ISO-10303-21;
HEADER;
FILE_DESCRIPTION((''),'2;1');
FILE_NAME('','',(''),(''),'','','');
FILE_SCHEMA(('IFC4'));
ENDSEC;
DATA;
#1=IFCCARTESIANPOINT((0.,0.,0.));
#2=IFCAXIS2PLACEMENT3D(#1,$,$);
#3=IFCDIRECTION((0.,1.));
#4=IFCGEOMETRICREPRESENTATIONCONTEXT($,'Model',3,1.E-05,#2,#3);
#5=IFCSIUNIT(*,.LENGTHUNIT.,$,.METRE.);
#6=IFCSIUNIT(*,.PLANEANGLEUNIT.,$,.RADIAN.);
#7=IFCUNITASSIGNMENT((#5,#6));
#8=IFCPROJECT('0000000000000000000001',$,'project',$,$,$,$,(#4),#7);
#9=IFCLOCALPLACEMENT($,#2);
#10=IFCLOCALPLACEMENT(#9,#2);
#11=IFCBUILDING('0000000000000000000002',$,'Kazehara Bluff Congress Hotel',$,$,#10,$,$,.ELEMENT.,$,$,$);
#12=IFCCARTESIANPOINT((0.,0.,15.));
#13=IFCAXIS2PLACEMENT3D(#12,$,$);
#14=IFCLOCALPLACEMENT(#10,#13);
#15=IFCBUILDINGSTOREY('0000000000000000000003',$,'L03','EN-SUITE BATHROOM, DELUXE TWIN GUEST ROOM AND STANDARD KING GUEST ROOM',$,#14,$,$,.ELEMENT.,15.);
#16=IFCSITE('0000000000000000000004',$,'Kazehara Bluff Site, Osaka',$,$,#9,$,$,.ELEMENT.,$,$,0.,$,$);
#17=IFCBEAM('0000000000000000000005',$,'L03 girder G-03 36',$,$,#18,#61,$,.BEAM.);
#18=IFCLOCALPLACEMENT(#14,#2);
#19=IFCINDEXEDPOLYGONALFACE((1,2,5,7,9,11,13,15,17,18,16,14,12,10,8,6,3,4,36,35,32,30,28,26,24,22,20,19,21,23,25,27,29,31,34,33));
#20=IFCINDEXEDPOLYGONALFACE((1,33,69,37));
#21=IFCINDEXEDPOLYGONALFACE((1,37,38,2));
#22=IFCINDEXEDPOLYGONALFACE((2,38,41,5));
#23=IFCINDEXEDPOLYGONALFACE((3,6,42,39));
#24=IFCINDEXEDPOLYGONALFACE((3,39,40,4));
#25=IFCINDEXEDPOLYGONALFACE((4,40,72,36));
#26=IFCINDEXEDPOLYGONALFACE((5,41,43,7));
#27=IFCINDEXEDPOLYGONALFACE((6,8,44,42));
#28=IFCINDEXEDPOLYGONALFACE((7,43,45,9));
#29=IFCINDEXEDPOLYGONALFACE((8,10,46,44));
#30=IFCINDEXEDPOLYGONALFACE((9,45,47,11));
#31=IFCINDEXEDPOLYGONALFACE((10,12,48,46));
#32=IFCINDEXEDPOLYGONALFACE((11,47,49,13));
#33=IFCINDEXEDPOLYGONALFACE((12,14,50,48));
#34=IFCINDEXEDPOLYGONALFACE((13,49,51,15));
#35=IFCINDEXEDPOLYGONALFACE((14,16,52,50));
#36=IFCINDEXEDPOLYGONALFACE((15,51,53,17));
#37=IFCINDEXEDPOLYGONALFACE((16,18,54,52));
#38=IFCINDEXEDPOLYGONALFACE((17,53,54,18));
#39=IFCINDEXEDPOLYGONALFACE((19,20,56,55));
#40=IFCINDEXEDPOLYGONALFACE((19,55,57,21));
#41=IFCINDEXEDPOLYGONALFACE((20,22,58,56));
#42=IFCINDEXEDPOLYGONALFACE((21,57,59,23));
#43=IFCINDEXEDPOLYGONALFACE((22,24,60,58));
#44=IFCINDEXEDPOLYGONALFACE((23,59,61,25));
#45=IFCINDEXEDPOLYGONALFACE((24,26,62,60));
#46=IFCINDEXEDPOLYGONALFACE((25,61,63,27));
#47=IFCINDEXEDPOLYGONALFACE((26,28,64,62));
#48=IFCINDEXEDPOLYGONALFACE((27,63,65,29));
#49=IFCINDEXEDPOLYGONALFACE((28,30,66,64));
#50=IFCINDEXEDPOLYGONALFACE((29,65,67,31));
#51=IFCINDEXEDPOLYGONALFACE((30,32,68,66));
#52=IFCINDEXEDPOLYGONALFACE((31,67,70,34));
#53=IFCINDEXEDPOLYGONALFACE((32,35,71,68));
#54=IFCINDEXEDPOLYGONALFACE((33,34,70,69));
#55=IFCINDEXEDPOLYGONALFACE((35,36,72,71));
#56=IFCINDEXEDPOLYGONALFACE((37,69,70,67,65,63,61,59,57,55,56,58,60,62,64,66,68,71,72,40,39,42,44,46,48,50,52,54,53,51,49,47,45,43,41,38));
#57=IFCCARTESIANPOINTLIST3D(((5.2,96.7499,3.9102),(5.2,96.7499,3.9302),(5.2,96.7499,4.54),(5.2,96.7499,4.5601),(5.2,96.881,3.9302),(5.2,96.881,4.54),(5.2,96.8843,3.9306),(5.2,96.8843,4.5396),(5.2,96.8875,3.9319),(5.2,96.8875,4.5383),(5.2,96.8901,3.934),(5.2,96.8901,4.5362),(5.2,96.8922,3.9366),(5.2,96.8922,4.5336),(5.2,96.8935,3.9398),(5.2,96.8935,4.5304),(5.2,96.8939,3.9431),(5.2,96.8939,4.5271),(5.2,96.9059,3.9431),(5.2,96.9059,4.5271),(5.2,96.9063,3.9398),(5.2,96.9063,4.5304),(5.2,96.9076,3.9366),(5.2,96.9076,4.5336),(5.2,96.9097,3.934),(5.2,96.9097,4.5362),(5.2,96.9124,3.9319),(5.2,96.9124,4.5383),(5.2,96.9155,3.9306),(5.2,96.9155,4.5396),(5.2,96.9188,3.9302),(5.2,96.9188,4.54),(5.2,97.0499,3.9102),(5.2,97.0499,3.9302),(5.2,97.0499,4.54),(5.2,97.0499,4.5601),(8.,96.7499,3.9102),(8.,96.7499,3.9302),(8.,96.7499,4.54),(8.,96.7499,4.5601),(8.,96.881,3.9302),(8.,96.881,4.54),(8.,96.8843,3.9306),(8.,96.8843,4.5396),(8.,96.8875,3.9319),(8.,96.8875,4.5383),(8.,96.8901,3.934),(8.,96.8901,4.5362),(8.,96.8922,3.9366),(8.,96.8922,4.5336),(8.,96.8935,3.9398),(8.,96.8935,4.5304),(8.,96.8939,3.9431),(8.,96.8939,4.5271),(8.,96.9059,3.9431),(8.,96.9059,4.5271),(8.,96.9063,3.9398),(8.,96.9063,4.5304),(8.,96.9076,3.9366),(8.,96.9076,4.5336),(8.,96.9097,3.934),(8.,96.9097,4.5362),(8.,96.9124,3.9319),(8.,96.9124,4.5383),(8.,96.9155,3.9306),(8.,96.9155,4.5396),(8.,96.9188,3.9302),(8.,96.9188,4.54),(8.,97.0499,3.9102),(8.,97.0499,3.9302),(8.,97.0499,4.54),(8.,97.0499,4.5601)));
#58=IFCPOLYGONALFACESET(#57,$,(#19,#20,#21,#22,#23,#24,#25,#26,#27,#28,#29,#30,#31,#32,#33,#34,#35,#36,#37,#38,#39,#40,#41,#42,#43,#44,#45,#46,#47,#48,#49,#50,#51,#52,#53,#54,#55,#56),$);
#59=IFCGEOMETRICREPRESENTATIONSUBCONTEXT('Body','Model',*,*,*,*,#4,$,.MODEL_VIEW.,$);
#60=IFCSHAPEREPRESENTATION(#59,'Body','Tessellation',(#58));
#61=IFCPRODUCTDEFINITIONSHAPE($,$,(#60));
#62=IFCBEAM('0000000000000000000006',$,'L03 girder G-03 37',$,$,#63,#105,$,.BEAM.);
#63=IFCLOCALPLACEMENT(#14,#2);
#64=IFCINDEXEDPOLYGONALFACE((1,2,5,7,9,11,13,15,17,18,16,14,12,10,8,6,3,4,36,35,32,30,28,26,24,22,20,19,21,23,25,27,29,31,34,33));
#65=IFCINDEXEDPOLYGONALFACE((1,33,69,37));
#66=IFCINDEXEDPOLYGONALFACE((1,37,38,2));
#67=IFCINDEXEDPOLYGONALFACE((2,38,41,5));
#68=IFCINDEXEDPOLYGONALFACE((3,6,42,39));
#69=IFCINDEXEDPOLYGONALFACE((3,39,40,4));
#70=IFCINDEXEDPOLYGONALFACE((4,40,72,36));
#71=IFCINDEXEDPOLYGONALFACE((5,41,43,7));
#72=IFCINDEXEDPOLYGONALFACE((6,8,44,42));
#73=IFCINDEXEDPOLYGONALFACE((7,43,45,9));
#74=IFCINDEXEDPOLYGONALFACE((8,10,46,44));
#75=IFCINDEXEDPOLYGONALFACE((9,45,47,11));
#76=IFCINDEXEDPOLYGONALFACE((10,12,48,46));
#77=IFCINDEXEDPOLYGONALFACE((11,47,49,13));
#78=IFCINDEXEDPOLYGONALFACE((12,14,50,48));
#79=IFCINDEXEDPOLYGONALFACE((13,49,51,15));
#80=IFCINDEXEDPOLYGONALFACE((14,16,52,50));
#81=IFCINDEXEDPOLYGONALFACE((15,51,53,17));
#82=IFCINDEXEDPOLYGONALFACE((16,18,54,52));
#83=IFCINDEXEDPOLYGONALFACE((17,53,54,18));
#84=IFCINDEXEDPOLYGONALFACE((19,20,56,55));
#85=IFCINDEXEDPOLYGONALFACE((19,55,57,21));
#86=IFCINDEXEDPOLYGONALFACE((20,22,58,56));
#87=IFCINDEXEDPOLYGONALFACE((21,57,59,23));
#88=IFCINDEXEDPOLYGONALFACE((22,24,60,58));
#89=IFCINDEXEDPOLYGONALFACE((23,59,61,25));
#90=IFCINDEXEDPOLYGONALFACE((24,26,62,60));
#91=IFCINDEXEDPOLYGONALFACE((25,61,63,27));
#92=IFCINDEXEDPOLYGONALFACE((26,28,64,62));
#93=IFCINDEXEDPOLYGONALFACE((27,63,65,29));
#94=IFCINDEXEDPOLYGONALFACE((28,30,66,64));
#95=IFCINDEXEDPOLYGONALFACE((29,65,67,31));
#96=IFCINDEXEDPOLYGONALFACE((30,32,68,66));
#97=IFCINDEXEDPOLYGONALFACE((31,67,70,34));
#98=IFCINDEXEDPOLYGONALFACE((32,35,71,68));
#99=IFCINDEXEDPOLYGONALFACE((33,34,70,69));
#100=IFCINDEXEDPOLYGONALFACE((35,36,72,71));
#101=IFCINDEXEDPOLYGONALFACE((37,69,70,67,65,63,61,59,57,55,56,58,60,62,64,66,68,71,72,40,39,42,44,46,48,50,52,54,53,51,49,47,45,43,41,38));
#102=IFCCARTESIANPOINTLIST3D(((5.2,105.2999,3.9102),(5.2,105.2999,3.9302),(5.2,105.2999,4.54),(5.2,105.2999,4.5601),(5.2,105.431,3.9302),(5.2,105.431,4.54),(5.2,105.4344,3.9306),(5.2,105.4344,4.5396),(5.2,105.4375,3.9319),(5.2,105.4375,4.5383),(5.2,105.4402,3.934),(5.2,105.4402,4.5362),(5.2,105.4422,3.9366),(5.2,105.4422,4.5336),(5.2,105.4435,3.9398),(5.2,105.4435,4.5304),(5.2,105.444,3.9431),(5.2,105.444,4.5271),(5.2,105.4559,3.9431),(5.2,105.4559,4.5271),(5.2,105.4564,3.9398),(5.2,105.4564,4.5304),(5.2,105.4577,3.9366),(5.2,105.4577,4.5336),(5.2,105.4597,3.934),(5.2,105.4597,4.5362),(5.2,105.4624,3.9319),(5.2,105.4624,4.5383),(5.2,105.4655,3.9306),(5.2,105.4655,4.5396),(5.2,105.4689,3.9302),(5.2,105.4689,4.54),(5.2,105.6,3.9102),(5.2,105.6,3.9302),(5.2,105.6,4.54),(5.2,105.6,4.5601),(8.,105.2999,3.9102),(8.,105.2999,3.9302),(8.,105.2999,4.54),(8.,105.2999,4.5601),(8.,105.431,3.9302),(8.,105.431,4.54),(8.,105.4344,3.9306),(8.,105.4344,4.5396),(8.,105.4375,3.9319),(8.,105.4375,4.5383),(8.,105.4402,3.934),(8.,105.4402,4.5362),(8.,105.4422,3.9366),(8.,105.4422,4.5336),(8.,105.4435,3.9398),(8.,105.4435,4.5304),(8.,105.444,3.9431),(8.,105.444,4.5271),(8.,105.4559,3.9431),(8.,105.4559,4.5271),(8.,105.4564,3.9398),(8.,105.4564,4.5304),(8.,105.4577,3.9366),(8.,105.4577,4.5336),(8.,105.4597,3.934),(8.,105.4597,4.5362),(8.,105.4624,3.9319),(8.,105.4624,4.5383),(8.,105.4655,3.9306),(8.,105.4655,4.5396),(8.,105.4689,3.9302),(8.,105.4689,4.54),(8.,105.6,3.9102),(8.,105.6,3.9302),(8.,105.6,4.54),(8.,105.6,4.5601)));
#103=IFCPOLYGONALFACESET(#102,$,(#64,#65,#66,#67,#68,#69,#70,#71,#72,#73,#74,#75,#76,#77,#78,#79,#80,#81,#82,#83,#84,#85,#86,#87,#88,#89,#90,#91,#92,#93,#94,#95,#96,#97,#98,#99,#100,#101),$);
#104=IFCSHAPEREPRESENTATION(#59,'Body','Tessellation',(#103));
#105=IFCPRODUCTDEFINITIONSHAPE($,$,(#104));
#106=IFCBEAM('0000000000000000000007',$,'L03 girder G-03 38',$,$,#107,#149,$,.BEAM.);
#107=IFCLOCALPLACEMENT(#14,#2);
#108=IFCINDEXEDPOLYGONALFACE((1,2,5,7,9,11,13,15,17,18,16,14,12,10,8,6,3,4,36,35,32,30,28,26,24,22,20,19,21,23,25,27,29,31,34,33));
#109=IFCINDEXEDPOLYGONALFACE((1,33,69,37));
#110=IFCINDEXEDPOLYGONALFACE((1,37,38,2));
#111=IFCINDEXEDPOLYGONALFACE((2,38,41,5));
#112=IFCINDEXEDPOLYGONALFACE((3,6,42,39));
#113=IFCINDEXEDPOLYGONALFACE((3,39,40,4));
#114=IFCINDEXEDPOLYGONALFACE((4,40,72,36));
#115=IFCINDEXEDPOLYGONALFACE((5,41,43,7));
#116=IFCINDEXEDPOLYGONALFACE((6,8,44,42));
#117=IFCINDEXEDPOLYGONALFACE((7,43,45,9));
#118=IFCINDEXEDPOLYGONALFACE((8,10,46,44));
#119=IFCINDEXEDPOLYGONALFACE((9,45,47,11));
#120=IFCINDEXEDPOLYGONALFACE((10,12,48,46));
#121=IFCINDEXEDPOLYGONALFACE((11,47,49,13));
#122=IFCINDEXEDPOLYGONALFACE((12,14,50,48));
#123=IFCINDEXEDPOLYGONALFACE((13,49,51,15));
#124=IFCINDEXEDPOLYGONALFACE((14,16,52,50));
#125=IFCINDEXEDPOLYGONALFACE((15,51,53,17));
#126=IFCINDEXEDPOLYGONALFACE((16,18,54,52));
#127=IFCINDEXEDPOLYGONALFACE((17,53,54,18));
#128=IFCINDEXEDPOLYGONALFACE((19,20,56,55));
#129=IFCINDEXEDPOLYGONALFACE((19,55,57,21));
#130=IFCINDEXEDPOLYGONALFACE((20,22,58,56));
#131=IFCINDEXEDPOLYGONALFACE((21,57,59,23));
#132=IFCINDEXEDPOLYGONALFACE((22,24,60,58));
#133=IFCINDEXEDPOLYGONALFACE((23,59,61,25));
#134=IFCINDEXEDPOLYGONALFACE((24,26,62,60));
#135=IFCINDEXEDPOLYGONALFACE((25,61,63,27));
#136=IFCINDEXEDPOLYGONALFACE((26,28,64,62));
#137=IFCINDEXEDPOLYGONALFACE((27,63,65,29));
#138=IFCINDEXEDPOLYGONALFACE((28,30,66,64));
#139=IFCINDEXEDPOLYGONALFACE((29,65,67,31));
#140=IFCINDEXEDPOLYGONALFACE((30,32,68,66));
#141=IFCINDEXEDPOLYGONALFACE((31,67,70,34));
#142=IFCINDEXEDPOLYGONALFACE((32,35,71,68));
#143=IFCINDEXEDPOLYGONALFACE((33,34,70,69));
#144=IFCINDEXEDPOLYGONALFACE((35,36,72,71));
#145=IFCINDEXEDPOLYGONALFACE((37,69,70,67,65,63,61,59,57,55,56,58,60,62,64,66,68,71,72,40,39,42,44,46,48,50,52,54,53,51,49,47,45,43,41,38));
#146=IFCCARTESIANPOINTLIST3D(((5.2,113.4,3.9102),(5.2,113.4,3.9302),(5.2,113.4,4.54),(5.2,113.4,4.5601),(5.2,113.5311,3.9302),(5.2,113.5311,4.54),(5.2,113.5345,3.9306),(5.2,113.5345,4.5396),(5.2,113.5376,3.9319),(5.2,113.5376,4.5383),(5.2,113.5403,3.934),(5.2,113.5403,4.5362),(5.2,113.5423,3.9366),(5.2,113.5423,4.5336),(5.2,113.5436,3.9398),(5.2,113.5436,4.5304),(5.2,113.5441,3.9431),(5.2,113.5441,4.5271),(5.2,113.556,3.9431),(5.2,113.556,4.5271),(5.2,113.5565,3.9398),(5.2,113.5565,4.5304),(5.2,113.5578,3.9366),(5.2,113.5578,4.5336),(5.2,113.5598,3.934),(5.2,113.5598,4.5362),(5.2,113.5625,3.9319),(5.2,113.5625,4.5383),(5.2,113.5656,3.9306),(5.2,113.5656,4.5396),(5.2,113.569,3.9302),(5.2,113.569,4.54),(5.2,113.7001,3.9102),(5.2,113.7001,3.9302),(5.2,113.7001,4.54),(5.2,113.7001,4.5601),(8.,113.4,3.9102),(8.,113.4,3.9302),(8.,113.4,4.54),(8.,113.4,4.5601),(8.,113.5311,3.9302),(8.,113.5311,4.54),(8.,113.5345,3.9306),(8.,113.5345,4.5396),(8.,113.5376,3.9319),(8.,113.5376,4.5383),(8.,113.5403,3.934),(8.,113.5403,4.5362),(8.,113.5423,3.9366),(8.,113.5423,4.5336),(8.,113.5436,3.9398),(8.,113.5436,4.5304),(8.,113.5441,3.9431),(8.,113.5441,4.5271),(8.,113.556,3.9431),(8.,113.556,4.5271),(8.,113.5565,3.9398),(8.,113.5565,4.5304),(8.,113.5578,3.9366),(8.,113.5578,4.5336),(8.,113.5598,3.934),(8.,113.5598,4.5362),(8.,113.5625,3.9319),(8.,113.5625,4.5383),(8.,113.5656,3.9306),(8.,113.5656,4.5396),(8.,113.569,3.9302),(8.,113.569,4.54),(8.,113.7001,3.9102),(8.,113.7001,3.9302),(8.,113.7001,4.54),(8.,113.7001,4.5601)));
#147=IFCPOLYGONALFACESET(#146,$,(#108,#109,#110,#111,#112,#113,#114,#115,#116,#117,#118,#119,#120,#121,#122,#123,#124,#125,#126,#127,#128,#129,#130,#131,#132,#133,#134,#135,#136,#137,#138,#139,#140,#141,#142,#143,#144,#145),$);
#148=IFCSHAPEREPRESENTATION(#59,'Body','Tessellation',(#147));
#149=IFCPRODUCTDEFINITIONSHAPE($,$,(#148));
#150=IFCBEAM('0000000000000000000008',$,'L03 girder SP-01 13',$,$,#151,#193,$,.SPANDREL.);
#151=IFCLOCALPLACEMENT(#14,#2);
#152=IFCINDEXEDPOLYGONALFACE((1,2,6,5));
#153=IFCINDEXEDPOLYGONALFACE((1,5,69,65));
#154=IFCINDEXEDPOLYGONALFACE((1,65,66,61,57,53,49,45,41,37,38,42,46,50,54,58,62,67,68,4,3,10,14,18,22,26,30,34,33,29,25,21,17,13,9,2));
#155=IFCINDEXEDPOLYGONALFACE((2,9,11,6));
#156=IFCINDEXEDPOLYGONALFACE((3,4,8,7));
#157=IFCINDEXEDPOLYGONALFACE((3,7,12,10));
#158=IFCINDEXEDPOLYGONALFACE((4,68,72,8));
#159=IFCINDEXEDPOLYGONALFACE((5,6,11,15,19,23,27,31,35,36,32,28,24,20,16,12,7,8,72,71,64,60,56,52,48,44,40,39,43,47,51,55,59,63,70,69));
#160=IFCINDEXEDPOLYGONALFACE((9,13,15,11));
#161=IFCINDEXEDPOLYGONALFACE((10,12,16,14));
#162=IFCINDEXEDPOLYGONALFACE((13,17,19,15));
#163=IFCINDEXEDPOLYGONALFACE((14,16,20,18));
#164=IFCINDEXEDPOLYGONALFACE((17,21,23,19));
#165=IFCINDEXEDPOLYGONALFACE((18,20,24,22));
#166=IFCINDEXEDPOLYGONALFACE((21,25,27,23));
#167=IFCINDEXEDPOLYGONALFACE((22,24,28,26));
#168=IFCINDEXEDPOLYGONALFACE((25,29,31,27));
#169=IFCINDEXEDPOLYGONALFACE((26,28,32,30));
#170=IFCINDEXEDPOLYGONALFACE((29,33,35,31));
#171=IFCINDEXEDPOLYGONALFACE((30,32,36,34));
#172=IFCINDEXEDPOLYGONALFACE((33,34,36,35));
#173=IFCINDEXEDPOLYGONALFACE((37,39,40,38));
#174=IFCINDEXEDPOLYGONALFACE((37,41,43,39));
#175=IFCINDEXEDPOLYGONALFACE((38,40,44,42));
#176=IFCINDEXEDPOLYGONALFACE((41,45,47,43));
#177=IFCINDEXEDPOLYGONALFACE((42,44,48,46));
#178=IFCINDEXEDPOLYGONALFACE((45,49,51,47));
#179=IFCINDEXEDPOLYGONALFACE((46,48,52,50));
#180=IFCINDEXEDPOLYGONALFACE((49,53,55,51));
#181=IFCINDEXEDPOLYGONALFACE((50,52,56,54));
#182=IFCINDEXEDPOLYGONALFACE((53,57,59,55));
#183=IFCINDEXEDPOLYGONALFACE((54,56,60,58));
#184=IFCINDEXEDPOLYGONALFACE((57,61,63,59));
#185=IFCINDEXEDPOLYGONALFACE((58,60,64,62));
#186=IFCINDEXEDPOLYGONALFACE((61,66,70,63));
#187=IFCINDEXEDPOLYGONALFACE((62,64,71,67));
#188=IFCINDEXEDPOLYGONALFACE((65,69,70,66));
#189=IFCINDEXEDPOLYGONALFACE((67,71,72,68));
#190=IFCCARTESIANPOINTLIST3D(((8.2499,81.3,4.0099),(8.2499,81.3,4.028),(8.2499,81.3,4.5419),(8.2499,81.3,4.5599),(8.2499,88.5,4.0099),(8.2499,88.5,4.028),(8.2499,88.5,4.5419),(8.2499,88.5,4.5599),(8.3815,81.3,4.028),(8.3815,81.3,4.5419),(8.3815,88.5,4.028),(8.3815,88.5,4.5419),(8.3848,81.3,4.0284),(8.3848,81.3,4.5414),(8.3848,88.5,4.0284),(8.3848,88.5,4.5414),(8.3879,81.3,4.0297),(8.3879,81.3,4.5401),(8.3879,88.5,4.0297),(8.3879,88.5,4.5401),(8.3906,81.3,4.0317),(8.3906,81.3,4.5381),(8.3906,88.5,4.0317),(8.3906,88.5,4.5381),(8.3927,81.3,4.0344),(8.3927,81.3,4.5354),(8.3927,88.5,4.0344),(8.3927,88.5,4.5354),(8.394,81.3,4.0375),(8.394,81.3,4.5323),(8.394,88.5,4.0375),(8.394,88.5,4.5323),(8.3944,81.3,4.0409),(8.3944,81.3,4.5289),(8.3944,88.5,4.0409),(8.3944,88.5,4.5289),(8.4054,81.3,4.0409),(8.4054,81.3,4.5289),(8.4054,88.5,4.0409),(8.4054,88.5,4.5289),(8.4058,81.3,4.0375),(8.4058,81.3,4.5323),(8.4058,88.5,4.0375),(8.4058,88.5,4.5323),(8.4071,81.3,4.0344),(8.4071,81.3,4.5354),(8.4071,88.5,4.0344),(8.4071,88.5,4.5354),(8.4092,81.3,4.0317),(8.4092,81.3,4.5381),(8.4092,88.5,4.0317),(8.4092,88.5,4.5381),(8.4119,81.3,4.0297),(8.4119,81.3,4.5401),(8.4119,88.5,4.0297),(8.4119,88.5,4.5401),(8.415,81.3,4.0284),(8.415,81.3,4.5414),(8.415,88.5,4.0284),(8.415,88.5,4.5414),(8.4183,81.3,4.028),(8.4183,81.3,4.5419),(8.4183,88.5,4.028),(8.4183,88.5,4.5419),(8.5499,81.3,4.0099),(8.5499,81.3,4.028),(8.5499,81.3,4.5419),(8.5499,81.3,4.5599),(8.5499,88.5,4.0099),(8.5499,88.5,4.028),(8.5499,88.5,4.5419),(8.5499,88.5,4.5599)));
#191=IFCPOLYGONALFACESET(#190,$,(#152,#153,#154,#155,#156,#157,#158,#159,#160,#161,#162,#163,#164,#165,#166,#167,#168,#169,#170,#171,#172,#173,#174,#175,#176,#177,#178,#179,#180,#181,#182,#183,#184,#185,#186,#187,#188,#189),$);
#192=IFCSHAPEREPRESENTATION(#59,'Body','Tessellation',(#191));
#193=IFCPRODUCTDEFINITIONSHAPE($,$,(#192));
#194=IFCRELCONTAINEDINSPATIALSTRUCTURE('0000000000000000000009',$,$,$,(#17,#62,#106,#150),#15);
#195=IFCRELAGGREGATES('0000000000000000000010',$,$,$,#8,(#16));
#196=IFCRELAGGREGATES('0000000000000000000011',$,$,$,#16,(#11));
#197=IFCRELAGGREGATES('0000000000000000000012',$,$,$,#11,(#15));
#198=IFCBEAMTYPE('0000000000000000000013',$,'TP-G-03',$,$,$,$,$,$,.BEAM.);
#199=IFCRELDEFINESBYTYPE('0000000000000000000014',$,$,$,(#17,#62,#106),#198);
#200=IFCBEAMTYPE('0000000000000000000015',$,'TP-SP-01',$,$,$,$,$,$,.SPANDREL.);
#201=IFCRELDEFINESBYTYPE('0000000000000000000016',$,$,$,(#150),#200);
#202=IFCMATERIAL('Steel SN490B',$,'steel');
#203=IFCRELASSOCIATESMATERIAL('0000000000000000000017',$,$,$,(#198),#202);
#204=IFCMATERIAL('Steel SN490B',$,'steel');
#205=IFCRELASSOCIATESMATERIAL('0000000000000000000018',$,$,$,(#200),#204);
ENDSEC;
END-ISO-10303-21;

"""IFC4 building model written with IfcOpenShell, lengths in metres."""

from ifc_helpers import new_model, si_unit, direction, frame, origin, origin_2d, place, context, subcontext, project, spatial, i_section, extrude, material, material_profile, profile_set, type_object, element, save


model = new_model("IFC4")

# Units and contexts
model_context = context("Model", 3, precision=1e-05, world=origin(), true_north=direction((0.0, 1.0)))
body_context = subcontext(model_context, "Body", "Model", "MODEL_VIEW")
ifc_project = project(units=[si_unit("LENGTHUNIT", "METRE"), si_unit("PLANEANGLEUNIT", "RADIAN")], contexts=[model_context])

# Site, building, storey
site_placement = place(None, origin())
site = spatial("IfcSite", under=ifc_project, at=site_placement, Name="Kazehara Bluff Site, Osaka", CompositionType="ELEMENT", RefElevation=0.0)
building_placement = place(site_placement, origin())
building = spatial("IfcBuilding", under=site, at=building_placement, Name="Kazehara Bluff Congress Hotel", CompositionType="ELEMENT")
storey_placement = place(building_placement, frame((0.0, 0.0, 15.0)))
storey = spatial("IfcBuildingStorey", under=building, at=storey_placement, Name="L03", Description="EN-SUITE BATHROOM, DELUXE TWIN GUEST ROOM AND STANDARD KING GUEST ROOM", CompositionType="ELEMENT", Elevation=15.0)

# Beams
ifc_material_1 = material(Name="Steel SN490B", Category="steel")
ifc_material_profile_1 = material_profile(ifc_material_1, i_section(OverallWidth=0.3, OverallDepth=0.6499, WebThickness=0.012, FlangeThickness=0.02, FilletRadius=0.0129, at=origin_2d()))
ifc_profile_set_1 = profile_set([ifc_material_profile_1], Name="Steel SN490B")
beam_type_1 = type_object("IfcBeamType", Name="TP-G-03", PredefinedType="BEAM", material=ifc_profile_set_1)
for number, where, z_axis, x_axis, name in (
    (1, (5.2, 96.8999, 4.2351), (1.0, 0.0, 0.0), (0.0, 1.0, 0.0), "L03 girder G-03 36"),
    (2, (5.2, 105.45, 4.2351), (1.0, 0.0, 0.0), (0.0, 1.0, 0.0), "L03 girder G-03 37"),
    (3, (5.2, 113.55, 4.2351), (1.0, 0.0, 0.0), (0.0, 1.0, 0.0), "L03 girder G-03 38"),
):
    element("IfcBeam", number, at=place(storey_placement, frame(where, z_axis=z_axis, x_axis=x_axis)), inside=storey, type_object=beam_type_1, Name=name, PredefinedType="BEAM", context=body_context, shape_type="SweptSolid", body=[
        extrude(i_section(OverallWidth=0.3, OverallDepth=0.6499, WebThickness=0.012, FlangeThickness=0.02, FilletRadius=0.0129, at=origin_2d()), origin(), (0.0, 0.0, 1.0), 2.8),
    ])
ifc_material_2 = material(Name="Steel SN490B", Category="steel")
ifc_material_profile_2 = material_profile(ifc_material_2, i_section(OverallWidth=0.3, OverallDepth=0.55, WebThickness=0.011, FlangeThickness=0.0181, FilletRadius=0.0129, at=origin_2d()))
ifc_profile_set_2 = profile_set([ifc_material_profile_2], Name="Steel SN490B")
beam_type_2 = type_object("IfcBeamType", Name="TP-SP-01", PredefinedType="SPANDREL", material=ifc_profile_set_2)
for number, where, z_axis, x_axis, name in (
    (4, (8.3999, 81.3, 4.2849), (0.0, 1.0, 0.0), (-1.0, 0.0, 0.0), "L03 girder SP-01 13"),
):
    element("IfcBeam", number, at=place(storey_placement, frame(where, z_axis=z_axis, x_axis=x_axis)), inside=storey, type_object=beam_type_2, Name=name, PredefinedType="SPANDREL", context=body_context, shape_type="SweptSolid", body=[
        extrude(i_section(OverallWidth=0.3, OverallDepth=0.55, WebThickness=0.011, FlangeThickness=0.0181, FilletRadius=0.0129, at=origin_2d()), origin(), (0.0, 0.0, 1.0), 7.2),
    ])

save(model, "model.ifc")
